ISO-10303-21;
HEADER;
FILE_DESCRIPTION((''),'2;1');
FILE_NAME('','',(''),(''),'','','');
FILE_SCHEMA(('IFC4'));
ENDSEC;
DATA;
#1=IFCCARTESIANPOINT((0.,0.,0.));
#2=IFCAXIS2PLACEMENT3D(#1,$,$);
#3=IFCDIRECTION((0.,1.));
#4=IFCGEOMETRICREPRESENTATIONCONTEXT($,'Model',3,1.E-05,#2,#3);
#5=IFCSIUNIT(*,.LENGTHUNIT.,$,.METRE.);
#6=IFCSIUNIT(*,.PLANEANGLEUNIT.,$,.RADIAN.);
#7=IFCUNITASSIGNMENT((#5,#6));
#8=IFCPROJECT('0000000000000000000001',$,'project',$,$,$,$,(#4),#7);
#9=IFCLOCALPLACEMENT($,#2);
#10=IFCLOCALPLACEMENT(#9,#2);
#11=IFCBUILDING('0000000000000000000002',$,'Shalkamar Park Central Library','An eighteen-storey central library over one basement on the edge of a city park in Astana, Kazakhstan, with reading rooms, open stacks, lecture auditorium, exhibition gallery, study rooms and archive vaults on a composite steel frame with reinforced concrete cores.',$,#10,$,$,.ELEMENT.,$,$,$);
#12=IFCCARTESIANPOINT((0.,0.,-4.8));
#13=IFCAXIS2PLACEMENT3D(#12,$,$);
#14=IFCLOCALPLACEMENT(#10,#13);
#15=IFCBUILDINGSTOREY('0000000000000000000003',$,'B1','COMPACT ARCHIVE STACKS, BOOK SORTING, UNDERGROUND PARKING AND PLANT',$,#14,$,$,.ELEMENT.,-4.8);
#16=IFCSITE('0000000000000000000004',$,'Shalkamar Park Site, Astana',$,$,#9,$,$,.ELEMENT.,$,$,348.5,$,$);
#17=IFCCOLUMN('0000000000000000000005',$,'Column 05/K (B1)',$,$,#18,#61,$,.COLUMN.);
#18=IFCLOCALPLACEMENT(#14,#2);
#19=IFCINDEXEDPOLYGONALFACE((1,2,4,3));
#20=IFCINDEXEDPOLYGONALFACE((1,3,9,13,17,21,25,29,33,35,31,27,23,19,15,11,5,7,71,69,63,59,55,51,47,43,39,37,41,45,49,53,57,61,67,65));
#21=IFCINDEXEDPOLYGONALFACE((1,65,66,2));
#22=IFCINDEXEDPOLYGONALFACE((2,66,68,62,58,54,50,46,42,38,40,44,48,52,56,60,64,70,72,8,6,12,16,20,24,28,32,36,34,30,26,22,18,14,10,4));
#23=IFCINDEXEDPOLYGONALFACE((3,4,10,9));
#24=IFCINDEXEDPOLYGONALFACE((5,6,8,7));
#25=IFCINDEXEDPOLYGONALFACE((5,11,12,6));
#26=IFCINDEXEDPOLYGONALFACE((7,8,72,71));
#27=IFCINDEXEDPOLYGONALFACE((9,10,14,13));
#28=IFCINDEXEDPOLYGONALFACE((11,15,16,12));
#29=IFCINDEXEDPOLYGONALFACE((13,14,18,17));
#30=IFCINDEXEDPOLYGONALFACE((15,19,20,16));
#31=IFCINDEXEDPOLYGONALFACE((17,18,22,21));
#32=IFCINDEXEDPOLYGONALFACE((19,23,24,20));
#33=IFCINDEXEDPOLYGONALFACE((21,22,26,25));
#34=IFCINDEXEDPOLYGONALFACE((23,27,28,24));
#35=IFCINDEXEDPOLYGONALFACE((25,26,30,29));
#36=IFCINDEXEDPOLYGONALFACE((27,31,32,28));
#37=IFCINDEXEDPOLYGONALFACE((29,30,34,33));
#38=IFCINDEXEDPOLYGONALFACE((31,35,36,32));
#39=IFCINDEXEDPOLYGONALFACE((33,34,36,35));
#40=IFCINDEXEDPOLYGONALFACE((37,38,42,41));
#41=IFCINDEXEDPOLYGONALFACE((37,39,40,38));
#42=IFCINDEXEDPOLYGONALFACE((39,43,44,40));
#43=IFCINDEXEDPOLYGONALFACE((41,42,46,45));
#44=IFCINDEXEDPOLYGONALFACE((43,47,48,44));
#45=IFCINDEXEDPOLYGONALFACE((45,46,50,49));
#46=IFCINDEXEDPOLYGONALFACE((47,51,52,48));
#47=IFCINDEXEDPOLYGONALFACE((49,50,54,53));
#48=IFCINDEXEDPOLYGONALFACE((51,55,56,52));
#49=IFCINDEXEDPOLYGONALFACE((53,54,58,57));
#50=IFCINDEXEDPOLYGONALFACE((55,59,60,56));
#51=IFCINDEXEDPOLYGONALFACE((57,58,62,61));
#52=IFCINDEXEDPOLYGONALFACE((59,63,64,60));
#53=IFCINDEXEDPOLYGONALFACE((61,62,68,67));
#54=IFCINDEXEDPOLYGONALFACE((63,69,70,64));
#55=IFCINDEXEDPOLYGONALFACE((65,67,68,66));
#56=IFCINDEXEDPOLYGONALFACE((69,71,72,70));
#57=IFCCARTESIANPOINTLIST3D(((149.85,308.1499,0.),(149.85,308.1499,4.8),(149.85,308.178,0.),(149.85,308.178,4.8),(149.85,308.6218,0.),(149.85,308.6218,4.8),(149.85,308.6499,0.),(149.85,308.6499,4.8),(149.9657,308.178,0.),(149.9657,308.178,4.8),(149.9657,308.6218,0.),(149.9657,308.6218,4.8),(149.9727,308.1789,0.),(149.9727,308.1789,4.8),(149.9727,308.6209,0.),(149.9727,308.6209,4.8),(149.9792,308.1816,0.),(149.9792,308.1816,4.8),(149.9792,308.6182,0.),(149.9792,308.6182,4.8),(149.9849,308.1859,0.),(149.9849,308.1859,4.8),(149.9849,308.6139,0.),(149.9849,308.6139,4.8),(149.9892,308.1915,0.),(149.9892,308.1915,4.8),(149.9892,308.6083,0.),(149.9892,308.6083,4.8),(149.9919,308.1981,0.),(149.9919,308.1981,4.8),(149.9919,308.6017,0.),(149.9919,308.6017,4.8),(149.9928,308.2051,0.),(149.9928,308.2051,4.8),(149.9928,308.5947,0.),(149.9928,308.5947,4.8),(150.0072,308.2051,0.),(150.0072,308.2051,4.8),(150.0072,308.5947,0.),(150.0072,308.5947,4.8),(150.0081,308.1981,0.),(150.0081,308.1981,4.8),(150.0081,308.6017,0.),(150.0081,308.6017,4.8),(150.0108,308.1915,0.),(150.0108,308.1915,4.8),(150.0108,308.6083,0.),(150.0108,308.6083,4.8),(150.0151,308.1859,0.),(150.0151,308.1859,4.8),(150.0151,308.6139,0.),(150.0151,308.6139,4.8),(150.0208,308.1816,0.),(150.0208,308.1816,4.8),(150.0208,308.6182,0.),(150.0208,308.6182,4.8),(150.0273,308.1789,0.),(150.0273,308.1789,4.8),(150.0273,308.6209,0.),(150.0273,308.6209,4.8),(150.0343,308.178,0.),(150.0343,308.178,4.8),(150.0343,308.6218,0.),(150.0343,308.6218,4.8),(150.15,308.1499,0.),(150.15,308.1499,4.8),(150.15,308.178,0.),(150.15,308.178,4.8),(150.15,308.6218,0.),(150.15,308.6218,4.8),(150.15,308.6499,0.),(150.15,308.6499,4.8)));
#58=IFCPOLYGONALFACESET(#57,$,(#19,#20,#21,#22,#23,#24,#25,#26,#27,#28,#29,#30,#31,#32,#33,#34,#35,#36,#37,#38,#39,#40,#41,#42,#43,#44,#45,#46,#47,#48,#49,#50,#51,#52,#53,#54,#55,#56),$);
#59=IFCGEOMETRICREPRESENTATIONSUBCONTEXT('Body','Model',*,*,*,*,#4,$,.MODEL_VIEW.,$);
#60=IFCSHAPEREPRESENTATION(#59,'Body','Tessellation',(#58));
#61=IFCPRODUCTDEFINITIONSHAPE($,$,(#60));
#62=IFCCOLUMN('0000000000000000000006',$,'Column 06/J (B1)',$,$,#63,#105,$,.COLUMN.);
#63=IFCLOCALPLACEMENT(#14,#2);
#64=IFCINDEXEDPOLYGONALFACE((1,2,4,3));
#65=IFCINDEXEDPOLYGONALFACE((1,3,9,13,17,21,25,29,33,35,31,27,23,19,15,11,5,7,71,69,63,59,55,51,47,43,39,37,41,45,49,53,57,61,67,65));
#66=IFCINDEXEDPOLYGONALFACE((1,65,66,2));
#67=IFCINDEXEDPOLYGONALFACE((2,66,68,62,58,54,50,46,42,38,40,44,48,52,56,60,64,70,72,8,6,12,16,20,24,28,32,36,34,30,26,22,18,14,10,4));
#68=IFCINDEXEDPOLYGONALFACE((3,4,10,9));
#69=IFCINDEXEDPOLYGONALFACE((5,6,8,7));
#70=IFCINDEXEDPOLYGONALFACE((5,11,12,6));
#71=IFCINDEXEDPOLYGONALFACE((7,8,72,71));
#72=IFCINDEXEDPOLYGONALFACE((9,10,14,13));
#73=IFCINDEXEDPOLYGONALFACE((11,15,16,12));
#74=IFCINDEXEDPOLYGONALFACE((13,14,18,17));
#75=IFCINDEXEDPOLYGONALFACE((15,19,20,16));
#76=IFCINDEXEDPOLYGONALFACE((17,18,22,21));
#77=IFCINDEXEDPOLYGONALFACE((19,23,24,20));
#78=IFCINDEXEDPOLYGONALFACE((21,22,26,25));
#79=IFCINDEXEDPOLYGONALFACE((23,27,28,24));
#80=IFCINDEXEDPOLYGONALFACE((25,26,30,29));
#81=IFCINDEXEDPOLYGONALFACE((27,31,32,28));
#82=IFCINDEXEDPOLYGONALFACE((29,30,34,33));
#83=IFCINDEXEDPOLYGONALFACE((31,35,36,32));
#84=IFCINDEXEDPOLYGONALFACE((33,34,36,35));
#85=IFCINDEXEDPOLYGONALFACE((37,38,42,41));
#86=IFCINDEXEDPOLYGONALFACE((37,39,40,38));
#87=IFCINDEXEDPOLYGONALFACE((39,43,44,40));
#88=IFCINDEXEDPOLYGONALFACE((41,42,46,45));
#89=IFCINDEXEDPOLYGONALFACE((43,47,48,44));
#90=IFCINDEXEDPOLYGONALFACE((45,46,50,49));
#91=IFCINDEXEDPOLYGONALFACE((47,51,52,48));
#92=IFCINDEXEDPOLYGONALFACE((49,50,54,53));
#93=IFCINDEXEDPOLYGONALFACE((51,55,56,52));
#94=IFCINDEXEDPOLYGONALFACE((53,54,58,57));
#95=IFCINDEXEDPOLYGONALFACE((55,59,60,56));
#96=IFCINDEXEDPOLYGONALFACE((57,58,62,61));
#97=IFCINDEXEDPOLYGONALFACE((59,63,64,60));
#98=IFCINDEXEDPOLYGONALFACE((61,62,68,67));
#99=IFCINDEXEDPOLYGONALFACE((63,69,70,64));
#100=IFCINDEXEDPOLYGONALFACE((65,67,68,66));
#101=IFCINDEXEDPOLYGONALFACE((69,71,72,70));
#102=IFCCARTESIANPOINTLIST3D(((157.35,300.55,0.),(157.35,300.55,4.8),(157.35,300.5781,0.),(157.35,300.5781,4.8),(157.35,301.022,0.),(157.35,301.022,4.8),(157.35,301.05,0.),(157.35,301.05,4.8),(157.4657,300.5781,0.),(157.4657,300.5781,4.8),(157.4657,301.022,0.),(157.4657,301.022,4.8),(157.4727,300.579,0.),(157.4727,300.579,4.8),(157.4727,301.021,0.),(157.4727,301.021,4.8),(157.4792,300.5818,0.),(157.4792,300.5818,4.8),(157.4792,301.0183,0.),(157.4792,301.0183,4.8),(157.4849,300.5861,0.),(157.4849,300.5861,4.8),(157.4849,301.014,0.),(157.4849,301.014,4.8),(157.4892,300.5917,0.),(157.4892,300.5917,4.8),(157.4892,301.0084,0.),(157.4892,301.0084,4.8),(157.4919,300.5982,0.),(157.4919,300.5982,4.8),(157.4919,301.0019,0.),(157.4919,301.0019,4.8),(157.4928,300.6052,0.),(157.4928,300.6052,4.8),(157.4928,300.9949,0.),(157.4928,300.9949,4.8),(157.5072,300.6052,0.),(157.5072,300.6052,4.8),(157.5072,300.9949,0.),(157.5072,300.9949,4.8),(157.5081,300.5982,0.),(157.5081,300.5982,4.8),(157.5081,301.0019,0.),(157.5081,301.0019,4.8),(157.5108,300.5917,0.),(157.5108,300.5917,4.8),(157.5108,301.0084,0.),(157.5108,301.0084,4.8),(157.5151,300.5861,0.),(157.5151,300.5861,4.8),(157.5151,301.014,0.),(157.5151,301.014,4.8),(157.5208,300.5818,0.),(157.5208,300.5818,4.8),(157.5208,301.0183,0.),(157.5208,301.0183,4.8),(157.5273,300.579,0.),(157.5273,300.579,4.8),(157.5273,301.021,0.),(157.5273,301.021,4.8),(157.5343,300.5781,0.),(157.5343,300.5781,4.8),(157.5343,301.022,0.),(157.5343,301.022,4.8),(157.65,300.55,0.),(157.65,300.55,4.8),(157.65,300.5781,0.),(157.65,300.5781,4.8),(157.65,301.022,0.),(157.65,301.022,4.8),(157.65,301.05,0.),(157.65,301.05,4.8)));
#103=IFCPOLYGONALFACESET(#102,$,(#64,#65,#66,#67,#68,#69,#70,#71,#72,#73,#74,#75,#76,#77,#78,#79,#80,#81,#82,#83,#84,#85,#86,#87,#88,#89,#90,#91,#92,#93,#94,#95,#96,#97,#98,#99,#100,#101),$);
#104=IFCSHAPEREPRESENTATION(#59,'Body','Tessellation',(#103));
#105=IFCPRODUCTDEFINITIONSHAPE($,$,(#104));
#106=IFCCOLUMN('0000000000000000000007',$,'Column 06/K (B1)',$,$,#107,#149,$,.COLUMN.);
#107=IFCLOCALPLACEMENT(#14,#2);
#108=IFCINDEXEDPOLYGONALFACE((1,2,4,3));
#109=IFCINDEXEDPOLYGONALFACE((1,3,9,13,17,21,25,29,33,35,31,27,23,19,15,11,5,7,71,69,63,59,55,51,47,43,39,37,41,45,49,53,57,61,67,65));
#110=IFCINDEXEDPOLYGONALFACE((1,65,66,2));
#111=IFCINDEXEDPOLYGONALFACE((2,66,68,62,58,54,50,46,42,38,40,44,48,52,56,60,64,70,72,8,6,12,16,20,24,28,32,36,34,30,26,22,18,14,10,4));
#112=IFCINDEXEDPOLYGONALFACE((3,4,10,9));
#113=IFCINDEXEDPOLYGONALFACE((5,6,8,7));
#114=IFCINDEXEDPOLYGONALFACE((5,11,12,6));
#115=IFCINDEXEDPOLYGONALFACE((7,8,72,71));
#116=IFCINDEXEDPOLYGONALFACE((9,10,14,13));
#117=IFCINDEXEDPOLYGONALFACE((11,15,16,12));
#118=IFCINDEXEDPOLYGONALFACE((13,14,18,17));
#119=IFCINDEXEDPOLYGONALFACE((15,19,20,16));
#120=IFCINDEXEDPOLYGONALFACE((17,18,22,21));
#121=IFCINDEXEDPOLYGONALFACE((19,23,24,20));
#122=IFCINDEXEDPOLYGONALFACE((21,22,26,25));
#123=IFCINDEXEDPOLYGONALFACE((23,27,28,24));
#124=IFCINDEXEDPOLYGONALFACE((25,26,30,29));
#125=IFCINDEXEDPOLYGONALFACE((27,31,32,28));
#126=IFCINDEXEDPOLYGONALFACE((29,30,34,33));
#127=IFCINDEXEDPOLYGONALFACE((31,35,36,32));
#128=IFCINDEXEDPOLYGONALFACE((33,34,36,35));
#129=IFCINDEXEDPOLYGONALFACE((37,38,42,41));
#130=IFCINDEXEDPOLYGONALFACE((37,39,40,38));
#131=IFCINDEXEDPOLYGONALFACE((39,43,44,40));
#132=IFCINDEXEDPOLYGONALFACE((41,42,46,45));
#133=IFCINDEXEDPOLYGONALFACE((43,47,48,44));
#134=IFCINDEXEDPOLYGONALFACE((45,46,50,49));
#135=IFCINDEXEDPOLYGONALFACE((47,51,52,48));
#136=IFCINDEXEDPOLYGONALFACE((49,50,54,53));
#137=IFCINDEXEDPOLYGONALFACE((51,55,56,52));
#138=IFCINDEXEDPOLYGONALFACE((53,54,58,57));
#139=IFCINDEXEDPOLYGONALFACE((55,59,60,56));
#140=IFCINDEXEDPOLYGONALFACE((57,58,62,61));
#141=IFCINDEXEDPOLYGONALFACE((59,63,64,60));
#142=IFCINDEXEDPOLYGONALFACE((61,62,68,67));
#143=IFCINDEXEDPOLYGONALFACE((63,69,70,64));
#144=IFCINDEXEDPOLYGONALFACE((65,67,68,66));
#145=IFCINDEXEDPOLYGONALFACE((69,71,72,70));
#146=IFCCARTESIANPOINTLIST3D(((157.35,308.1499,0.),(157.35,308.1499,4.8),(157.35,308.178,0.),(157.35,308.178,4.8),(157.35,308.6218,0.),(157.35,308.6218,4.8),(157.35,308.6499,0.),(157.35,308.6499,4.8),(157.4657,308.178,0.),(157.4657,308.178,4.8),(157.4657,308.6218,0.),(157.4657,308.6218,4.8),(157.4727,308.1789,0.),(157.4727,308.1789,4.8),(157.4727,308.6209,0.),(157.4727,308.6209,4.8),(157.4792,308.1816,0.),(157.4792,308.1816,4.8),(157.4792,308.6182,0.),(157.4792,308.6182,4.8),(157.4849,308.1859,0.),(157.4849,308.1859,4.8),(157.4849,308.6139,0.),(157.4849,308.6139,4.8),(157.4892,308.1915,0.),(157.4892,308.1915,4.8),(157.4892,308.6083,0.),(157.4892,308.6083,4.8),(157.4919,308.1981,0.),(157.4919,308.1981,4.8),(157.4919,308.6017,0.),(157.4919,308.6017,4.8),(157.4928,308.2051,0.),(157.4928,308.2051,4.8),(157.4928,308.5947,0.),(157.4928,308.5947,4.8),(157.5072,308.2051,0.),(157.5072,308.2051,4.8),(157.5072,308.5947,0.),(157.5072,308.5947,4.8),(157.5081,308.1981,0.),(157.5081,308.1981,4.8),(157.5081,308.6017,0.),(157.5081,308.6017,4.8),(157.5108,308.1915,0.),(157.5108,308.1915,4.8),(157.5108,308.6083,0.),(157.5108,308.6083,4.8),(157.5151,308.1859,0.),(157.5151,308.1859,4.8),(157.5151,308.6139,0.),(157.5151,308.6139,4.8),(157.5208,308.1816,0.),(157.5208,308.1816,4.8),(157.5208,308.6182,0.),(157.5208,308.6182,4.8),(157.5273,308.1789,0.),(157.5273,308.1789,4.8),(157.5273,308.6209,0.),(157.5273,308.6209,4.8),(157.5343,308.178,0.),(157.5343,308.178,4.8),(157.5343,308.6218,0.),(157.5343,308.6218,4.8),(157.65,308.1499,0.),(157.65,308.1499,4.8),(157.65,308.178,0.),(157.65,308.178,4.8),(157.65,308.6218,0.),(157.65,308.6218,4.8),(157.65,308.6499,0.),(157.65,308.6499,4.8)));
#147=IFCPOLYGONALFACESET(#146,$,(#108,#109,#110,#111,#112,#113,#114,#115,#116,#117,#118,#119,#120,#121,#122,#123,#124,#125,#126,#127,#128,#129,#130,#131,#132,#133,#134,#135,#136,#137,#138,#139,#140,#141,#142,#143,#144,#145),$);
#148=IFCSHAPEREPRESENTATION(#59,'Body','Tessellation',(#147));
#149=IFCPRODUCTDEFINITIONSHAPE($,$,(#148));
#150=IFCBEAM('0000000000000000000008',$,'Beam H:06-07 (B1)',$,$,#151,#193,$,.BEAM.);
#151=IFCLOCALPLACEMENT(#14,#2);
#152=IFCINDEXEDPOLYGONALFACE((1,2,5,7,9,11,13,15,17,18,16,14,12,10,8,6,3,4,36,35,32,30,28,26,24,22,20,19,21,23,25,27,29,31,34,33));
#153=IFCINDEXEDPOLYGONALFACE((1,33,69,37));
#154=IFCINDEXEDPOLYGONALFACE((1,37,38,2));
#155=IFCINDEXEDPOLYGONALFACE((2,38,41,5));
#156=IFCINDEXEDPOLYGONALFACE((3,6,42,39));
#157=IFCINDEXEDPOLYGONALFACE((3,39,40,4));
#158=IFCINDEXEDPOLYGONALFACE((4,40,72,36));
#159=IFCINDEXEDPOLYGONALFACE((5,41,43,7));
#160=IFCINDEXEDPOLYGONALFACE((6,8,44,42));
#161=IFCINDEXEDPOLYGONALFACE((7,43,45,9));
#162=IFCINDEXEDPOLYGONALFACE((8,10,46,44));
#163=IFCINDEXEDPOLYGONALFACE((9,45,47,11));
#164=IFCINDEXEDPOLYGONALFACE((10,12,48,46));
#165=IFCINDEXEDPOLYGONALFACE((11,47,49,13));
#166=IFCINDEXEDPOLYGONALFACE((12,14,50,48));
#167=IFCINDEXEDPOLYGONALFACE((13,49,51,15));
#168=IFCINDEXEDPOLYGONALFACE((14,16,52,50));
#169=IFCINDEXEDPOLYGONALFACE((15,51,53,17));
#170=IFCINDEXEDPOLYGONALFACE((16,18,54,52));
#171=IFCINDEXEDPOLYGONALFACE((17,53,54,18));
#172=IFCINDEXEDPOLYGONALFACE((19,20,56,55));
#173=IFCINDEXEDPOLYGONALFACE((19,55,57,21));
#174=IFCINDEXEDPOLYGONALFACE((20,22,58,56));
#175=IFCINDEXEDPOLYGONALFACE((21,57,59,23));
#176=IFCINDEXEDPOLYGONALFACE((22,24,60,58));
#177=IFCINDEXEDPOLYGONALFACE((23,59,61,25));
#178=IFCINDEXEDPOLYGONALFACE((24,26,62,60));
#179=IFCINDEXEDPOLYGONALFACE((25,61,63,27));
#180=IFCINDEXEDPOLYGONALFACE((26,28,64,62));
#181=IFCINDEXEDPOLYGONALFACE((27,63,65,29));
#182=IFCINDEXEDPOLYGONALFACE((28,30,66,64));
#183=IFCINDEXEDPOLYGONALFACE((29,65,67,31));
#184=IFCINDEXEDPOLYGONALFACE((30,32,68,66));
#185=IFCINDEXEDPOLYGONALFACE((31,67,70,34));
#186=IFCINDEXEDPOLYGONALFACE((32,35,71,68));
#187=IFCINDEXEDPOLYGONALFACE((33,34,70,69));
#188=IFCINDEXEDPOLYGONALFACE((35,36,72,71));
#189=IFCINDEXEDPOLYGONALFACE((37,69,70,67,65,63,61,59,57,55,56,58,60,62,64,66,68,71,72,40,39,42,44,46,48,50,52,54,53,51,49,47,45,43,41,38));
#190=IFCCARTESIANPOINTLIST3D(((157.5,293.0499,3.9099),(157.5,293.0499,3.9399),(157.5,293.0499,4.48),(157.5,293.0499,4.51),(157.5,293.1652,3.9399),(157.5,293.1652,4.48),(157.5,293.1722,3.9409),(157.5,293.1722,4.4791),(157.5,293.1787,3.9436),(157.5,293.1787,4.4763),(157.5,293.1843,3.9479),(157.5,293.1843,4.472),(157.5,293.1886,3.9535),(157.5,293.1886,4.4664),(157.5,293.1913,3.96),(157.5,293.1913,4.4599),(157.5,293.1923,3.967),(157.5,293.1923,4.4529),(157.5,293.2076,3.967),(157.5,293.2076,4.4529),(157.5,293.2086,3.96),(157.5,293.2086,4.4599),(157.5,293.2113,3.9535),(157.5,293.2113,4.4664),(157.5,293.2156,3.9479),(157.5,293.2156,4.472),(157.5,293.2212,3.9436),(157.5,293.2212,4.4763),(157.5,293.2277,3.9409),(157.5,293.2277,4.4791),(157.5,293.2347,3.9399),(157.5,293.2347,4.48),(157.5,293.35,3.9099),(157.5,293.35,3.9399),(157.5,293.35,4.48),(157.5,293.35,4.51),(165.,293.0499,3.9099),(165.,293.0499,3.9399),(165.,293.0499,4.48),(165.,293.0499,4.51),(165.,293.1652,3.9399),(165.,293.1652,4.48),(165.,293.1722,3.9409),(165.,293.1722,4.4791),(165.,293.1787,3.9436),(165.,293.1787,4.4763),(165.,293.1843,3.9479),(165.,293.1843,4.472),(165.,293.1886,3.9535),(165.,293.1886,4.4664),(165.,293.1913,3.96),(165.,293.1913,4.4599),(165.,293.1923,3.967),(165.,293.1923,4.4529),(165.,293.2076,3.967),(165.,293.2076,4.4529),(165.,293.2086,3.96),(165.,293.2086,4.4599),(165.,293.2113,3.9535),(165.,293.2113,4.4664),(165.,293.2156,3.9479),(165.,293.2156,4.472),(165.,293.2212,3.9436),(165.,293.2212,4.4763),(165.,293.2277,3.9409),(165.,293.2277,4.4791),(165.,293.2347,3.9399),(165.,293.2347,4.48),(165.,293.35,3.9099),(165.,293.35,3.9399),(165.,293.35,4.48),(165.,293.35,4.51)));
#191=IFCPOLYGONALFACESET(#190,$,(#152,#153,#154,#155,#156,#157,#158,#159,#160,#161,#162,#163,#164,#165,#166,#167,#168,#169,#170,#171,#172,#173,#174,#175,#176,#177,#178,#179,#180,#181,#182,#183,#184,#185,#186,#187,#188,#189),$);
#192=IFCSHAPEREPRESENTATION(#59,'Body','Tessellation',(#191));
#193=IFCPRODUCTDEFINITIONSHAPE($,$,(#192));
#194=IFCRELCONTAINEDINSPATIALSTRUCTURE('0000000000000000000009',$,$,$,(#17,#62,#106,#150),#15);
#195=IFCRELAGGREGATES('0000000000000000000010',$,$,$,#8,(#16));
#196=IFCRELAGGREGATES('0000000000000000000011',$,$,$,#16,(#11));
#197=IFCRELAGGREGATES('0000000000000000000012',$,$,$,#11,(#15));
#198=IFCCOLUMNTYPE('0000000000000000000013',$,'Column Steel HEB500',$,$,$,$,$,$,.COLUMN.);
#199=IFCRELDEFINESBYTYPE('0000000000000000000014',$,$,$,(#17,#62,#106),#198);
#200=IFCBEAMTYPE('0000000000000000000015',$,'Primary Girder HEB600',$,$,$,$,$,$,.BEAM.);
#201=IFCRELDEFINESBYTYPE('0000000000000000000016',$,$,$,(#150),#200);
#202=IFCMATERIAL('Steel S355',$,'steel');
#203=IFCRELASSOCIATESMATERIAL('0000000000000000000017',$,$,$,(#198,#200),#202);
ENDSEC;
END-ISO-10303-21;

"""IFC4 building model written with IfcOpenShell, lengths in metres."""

from ifc_helpers import new_model, si_unit, direction, frame, origin, origin_2d, place, context, subcontext, project, spatial, i_section, extrude, material, material_profile, profile_set, type_object, element, save


model = new_model("IFC4")

# Units and contexts
model_context = context("Model", 3, precision=1e-05, world=origin(), true_north=direction((0.0, 1.0)))
body_context = subcontext(model_context, "Body", "Model", "MODEL_VIEW")
ifc_project = project(units=[si_unit("LENGTHUNIT", "METRE"), si_unit("PLANEANGLEUNIT", "RADIAN")], contexts=[model_context])

# Site, building, storey
site_placement = place(None, origin())
site = spatial("IfcSite", under=ifc_project, at=site_placement, Name="Shalkamar Park Site, Astana", CompositionType="ELEMENT", RefElevation=348.5)
building_placement = place(site_placement, origin())
building = spatial("IfcBuilding", under=site, at=building_placement, Name="Shalkamar Park Central Library", Description="An eighteen-storey central library over one basement on the edge of a city park in Astana, Kazakhstan, with reading rooms, open stacks, lecture auditorium, exhibition gallery, study rooms and archive vaults on a composite steel frame with reinforced concrete cores.", CompositionType="ELEMENT")
storey_placement = place(building_placement, frame((0.0, 0.0, -4.8)))
storey = spatial("IfcBuildingStorey", under=building, at=storey_placement, Name="B1", Description="COMPACT ARCHIVE STACKS, BOOK SORTING, UNDERGROUND PARKING AND PLANT", CompositionType="ELEMENT", Elevation=-4.8)

# Columns
ifc_material_1 = material(Name="Steel S355", Category="steel")
ifc_material_profile_1 = material_profile(ifc_material_1, i_section(OverallWidth=0.3, OverallDepth=0.5, WebThickness=0.0144, FlangeThickness=0.0281, FilletRadius=0.0271, at=origin_2d()), Name="HEB 500")
ifc_profile_set_1 = profile_set([ifc_material_profile_1], Name="Steel S355")
column_type_1 = type_object("IfcColumnType", Name="Column Steel HEB500", PredefinedType="COLUMN", material=ifc_profile_set_1)
for number, where, z_axis, x_axis, name in (
    (1, (150.0, 308.3999, 0.0), (0.0, 0.0, 1.0), (1.0, 0.0, 0.0), "Column 05/K (B1)"),
    (2, (157.5, 300.8, 0.0), (0.0, 0.0, 1.0), (1.0, 0.0, 0.0), "Column 06/J (B1)"),
    (3, (157.5, 308.3999, 0.0), (0.0, 0.0, 1.0), (1.0, 0.0, 0.0), "Column 06/K (B1)"),
):
    element("IfcColumn", number, at=place(storey_placement, frame(where, z_axis=z_axis, x_axis=x_axis)), inside=storey, type_object=column_type_1, Name=name, PredefinedType="COLUMN", context=body_context, shape_type="SweptSolid", body=[
        extrude(i_section(OverallWidth=0.3, OverallDepth=0.5, WebThickness=0.0144, FlangeThickness=0.0281, FilletRadius=0.0271, at=origin_2d()), origin(), (0.0, 0.0, 1.0), 4.8),
    ])

# Beam
ifc_material_profile_2 = material_profile(ifc_material_1, i_section(OverallWidth=0.3, OverallDepth=0.6001, WebThickness=0.0154, FlangeThickness=0.03, FilletRadius=0.0271, at=origin_2d()), Name="HEB 600")
ifc_profile_set_2 = profile_set([ifc_material_profile_2], Name="Steel S355")
beam_type = type_object("IfcBeamType", Name="Primary Girder HEB600", PredefinedType="BEAM", material=ifc_profile_set_2)
for number, where, z_axis, x_axis, name in (
    (4, (157.5, 293.2, 4.21), (1.0, 0.0, 0.0), (0.0, 1.0, 0.0), "Beam H:06-07 (B1)"),
):
    element("IfcBeam", number, at=place(storey_placement, frame(where, z_axis=z_axis, x_axis=x_axis)), inside=storey, type_object=beam_type, Name=name, PredefinedType="BEAM", context=body_context, shape_type="SweptSolid", body=[
        extrude(i_section(OverallWidth=0.3, OverallDepth=0.6001, WebThickness=0.0154, FlangeThickness=0.03, FilletRadius=0.0271, at=origin_2d()), origin(), (0.0, 0.0, 1.0), 7.5),
    ])

save(model, "model.ifc")
